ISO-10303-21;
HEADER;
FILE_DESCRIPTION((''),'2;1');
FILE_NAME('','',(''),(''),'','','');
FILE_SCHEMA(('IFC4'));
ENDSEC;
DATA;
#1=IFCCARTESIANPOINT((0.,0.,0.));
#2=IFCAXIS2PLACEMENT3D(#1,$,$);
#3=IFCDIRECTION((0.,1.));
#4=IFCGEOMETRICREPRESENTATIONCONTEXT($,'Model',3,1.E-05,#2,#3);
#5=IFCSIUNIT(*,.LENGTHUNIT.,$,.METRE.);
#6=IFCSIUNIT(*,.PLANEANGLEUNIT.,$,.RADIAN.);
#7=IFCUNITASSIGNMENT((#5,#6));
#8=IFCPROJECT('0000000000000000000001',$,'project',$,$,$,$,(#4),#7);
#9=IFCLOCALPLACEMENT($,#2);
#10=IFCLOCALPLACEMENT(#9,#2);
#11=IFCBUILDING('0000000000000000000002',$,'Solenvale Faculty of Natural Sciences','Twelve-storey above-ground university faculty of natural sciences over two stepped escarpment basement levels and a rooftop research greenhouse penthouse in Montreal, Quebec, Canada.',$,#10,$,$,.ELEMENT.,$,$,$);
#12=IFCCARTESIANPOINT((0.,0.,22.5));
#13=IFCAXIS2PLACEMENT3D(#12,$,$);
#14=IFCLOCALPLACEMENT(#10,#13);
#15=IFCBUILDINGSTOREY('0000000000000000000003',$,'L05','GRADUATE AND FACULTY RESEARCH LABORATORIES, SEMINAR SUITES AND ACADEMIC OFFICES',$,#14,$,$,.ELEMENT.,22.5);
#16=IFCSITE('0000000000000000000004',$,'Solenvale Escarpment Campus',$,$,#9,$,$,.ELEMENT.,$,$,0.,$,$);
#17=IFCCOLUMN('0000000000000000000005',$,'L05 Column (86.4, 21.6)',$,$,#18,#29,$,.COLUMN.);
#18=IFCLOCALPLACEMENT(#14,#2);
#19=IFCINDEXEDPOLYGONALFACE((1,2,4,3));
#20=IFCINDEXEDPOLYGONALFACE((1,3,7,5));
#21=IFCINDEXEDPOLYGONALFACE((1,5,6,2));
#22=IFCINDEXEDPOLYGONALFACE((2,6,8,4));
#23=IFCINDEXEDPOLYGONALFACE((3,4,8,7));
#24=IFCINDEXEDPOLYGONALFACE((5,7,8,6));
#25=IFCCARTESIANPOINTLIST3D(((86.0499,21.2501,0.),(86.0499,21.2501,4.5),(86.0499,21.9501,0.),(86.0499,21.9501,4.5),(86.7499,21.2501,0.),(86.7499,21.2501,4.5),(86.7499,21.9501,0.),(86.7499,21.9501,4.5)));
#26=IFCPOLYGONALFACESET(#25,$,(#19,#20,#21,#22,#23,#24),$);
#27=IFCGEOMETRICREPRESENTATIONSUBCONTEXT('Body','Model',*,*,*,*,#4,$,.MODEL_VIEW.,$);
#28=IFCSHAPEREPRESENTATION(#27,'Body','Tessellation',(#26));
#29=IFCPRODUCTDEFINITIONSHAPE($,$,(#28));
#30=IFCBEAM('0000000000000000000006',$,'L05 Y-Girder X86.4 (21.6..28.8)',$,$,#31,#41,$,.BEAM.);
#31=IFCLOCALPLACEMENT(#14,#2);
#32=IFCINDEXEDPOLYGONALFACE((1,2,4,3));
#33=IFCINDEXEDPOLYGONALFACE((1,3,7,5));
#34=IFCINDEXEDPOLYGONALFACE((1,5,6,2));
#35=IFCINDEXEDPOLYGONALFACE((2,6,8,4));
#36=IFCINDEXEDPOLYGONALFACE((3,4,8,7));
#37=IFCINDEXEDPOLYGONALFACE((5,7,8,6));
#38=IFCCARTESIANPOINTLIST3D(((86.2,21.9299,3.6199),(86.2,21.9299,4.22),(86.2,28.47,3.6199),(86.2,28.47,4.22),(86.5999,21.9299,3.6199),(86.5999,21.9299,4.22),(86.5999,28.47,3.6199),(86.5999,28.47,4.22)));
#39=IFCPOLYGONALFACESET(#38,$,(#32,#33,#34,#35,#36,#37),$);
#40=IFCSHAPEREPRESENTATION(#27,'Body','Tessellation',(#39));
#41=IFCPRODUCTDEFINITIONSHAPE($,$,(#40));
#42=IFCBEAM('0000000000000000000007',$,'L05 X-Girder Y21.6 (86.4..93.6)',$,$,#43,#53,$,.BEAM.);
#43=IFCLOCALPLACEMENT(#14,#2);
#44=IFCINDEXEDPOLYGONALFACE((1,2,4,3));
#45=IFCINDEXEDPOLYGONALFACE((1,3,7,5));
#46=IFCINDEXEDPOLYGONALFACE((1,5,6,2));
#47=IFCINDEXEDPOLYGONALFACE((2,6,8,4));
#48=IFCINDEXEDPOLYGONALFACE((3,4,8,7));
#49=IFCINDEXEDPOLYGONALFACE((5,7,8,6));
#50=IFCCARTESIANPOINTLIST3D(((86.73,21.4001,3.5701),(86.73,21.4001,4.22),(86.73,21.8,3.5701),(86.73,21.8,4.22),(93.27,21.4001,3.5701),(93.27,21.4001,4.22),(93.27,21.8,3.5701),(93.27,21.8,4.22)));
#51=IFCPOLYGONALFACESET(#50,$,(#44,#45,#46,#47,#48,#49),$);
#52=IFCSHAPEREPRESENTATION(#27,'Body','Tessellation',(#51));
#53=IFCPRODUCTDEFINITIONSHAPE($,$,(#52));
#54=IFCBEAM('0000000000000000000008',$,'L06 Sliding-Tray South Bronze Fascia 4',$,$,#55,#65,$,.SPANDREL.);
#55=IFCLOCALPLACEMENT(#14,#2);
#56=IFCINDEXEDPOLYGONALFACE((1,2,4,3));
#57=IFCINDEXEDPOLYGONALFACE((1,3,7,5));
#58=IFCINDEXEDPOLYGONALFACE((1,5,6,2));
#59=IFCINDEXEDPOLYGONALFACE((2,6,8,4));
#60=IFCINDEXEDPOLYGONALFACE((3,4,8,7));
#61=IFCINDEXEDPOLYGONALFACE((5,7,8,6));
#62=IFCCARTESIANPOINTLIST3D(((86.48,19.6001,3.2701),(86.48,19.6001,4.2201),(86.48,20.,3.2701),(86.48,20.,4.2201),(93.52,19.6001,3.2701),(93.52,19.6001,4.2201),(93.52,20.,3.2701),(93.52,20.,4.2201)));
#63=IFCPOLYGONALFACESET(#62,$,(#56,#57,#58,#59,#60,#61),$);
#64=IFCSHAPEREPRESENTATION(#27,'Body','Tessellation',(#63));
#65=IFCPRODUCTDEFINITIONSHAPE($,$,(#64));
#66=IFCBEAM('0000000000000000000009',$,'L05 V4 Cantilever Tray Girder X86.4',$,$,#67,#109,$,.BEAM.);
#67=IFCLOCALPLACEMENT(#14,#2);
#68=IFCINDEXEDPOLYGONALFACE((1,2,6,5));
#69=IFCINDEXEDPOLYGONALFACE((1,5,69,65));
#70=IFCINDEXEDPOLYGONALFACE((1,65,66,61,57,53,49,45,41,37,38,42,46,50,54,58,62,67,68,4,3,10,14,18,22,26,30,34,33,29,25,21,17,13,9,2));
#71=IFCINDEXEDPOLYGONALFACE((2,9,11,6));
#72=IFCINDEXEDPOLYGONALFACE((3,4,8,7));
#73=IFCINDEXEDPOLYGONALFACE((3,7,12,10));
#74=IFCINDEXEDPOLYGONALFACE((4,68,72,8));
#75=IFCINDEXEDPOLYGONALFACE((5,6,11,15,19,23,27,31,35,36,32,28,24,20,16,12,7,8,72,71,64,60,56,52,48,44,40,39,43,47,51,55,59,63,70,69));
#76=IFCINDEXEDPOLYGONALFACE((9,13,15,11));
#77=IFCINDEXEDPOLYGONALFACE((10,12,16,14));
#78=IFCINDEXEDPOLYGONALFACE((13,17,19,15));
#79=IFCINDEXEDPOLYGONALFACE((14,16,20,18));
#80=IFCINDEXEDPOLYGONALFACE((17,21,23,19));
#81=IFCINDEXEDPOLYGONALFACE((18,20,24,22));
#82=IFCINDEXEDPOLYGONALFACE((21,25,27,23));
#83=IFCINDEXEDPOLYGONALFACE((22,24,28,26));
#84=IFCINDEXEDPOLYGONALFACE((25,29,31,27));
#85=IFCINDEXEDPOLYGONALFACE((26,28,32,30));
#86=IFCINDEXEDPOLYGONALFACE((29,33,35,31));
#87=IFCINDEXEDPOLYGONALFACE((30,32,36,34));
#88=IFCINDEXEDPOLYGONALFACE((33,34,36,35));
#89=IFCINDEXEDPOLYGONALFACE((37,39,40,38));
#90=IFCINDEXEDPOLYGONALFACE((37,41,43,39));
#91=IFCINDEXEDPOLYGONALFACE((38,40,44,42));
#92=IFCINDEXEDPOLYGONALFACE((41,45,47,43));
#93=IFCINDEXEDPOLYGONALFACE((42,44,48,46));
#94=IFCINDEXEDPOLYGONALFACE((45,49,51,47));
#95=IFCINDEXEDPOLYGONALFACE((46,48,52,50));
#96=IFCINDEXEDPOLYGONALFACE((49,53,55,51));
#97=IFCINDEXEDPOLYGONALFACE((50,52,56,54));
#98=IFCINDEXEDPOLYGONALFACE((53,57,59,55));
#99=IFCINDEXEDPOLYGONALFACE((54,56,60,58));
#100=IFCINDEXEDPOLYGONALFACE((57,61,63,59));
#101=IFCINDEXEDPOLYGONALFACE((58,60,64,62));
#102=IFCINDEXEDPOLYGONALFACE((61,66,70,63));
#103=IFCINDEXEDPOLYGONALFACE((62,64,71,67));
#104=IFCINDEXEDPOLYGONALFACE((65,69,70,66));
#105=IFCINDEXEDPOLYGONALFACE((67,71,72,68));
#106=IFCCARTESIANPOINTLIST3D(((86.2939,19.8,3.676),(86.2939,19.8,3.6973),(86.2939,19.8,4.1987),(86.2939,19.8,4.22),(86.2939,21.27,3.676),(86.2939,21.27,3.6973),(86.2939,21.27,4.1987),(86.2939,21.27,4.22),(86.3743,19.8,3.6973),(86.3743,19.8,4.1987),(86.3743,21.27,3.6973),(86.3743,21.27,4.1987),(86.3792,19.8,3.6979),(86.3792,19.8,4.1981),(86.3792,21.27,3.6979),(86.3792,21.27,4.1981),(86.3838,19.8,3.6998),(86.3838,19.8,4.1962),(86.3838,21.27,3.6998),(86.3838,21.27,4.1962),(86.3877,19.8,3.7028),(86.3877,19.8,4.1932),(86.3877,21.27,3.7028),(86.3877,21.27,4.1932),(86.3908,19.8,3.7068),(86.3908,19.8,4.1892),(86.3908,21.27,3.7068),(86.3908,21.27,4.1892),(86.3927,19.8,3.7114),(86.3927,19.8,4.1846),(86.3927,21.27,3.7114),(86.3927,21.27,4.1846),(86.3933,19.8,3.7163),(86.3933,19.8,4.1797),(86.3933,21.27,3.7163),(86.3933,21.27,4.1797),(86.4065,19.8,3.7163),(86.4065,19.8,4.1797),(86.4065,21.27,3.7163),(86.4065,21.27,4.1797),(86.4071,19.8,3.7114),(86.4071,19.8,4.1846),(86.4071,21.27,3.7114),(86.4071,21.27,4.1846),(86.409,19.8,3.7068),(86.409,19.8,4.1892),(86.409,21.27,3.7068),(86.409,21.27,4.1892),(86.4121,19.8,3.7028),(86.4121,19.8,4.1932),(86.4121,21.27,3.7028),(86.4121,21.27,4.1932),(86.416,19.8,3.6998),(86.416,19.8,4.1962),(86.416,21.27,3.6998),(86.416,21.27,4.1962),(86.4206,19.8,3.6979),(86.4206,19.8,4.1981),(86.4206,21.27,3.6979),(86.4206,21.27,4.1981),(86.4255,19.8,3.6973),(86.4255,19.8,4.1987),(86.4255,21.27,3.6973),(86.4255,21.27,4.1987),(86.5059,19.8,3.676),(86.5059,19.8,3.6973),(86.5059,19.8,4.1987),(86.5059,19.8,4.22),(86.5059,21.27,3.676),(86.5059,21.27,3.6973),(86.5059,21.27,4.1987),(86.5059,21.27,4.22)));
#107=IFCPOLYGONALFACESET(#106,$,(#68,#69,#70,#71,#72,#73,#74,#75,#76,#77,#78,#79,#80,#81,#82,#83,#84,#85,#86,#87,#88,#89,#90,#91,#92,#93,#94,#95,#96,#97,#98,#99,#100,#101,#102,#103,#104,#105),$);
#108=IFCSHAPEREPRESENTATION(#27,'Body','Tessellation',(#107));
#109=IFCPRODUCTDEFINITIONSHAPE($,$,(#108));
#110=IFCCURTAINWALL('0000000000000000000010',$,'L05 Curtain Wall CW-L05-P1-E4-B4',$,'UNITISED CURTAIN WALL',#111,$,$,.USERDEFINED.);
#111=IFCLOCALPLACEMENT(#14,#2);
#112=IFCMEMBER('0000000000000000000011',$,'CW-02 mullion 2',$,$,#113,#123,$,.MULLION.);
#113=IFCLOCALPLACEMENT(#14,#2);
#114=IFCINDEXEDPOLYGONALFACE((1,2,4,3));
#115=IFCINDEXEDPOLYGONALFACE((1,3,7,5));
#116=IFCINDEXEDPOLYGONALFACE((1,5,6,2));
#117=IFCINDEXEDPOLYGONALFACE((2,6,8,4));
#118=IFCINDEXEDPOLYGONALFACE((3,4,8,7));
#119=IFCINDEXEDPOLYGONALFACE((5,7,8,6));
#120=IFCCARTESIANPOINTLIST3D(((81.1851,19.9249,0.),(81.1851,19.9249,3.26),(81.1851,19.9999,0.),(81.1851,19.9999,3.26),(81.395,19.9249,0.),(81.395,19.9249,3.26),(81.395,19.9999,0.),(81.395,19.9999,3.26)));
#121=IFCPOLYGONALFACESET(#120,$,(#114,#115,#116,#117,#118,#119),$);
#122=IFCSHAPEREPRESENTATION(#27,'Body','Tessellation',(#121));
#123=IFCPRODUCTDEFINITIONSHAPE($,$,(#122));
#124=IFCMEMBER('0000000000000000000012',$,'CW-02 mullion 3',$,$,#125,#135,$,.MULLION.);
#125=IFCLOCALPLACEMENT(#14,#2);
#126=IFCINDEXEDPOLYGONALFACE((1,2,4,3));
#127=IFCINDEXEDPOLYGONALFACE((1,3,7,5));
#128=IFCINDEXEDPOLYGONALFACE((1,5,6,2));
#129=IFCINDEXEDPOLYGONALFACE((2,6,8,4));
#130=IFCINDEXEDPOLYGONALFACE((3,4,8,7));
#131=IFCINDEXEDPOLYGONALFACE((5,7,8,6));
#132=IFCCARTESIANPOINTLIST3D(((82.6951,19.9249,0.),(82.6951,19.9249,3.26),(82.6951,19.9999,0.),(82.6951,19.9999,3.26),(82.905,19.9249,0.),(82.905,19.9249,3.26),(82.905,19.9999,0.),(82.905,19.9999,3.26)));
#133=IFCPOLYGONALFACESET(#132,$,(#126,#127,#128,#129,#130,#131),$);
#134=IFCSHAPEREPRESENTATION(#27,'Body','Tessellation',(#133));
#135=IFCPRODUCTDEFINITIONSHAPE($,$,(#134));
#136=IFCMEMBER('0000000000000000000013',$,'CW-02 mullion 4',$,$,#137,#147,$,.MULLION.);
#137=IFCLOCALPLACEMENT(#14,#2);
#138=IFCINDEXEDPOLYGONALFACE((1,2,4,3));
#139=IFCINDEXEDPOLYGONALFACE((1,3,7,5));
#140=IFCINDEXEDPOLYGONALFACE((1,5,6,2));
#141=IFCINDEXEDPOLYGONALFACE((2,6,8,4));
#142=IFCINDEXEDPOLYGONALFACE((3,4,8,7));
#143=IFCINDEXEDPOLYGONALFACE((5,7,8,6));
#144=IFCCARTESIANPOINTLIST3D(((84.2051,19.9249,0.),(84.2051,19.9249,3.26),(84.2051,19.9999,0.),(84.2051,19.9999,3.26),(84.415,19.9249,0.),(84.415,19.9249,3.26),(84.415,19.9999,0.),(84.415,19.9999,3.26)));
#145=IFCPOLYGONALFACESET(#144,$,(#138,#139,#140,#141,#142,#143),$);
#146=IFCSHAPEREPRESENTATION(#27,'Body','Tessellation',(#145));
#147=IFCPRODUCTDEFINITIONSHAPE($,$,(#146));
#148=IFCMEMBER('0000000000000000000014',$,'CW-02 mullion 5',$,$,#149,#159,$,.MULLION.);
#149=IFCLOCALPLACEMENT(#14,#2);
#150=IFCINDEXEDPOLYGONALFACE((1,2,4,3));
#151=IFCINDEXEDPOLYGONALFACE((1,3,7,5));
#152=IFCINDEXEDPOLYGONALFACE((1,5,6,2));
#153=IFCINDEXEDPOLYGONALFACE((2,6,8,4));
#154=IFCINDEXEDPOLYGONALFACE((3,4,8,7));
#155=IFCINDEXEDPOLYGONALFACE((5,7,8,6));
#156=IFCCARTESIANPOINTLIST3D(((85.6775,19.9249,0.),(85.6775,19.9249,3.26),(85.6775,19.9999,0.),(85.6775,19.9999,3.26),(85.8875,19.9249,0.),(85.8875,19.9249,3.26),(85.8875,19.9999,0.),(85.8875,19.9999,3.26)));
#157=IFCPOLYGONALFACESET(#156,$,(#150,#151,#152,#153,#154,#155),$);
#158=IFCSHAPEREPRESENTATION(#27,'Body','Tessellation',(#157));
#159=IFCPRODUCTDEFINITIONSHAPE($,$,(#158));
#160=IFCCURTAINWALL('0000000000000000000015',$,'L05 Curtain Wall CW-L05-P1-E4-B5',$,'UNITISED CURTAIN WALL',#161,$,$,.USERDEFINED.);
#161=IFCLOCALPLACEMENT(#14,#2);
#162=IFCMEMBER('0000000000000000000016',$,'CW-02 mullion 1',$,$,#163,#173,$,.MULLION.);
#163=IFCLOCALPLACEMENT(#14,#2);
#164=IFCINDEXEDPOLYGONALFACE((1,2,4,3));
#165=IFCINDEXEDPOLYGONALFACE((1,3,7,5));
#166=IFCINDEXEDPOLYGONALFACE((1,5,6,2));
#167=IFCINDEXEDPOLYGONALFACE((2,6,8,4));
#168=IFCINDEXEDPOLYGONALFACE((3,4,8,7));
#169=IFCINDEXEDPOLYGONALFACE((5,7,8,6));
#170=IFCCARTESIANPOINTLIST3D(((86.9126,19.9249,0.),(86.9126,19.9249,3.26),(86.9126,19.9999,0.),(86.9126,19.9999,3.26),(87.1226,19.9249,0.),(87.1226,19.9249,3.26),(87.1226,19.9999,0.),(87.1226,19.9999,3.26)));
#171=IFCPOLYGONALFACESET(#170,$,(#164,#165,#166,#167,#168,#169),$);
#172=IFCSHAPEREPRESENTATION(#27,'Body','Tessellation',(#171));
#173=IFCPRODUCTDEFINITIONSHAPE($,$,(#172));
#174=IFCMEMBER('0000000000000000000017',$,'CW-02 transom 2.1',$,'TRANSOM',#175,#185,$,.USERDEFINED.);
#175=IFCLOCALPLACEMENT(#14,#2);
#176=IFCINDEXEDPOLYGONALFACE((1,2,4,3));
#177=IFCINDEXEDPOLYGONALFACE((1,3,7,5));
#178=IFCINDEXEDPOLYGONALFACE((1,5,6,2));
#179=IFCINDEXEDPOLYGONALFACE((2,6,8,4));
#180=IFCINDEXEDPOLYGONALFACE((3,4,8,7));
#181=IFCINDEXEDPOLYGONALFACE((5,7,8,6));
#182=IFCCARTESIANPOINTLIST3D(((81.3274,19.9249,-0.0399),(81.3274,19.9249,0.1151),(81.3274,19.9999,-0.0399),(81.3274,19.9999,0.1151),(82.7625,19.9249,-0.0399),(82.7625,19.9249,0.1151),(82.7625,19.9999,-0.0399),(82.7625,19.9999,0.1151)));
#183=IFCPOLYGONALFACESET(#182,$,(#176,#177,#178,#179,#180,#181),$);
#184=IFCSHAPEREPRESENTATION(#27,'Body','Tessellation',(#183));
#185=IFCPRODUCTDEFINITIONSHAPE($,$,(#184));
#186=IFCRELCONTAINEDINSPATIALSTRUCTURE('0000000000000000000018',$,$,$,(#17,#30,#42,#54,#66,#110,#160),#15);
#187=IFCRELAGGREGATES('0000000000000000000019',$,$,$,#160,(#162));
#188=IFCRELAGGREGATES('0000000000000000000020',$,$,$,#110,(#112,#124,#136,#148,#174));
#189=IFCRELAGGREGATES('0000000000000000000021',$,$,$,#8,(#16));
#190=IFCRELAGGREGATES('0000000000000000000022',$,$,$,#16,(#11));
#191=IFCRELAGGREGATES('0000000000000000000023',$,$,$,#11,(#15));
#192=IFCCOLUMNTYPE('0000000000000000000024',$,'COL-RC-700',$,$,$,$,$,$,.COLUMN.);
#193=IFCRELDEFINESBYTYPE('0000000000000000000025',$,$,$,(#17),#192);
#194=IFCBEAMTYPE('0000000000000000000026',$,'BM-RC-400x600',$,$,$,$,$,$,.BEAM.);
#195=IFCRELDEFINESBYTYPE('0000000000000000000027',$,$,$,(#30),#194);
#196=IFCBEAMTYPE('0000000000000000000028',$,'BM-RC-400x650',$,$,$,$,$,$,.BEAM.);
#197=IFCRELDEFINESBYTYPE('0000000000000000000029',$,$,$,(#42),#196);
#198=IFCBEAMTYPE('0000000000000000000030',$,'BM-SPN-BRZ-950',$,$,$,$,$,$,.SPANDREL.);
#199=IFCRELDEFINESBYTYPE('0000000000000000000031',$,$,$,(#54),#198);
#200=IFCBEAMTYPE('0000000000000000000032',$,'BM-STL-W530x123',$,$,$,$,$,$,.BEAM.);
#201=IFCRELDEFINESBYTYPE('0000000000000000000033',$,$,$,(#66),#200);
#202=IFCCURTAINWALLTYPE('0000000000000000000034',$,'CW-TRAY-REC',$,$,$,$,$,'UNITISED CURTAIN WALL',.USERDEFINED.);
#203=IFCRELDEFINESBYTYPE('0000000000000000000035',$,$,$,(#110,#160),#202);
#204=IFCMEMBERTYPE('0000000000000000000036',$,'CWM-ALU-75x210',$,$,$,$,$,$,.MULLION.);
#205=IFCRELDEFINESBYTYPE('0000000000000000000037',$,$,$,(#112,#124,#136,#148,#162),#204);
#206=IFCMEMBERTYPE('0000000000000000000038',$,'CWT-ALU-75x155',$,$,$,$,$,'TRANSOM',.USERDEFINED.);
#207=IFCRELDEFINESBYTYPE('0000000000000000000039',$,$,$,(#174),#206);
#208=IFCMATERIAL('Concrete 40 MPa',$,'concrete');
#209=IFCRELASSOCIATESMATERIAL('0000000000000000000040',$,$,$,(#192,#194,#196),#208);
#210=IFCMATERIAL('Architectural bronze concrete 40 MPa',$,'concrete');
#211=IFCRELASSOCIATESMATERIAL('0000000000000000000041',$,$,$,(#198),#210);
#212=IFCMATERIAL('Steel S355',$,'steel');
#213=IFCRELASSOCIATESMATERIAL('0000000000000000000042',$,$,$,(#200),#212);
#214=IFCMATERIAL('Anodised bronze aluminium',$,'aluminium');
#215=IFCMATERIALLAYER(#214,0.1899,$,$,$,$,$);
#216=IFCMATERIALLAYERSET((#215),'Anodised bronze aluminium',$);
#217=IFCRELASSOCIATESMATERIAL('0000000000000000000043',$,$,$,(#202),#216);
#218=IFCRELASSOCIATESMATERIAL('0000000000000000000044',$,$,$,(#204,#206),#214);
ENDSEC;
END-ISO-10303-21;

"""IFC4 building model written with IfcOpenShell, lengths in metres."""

from ifc_helpers import new_model, si_unit, direction, frame, origin, origin_2d, place, context, subcontext, project, spatial, rectangle, i_section, extrude, material, layer, layer_set, material_profile, profile_set, type_object, element, aggregate, save


model = new_model("IFC4")

# Units and contexts
model_context = context("Model", 3, precision=1e-05, world=origin(), true_north=direction((0.0, 1.0)))
body_context = subcontext(model_context, "Body", "Model", "MODEL_VIEW")
ifc_project = project(units=[si_unit("LENGTHUNIT", "METRE"), si_unit("PLANEANGLEUNIT", "RADIAN")], contexts=[model_context])

# Site, building, storey
site_placement = place(None, origin())
site = spatial("IfcSite", under=ifc_project, at=site_placement, Name="Solenvale Escarpment Campus", CompositionType="ELEMENT", RefElevation=0.0)
building_placement = place(site_placement, origin())
building = spatial("IfcBuilding", under=site, at=building_placement, Name="Solenvale Faculty of Natural Sciences", Description="Twelve-storey above-ground university faculty of natural sciences over two stepped escarpment basement levels and a rooftop research greenhouse penthouse in Montreal, Quebec, Canada.", CompositionType="ELEMENT")
storey_placement = place(building_placement, frame((0.0, 0.0, 22.5)))
storey = spatial("IfcBuildingStorey", under=building, at=storey_placement, Name="L05", Description="GRADUATE AND FACULTY RESEARCH LABORATORIES, SEMINAR SUITES AND ACADEMIC OFFICES", CompositionType="ELEMENT", Elevation=22.5)

# Column
ifc_material_1 = material(Name="Concrete 40 MPa", Category="concrete")
ifc_material_profile_1 = material_profile(ifc_material_1, rectangle(XDim=0.7, YDim=0.7, at=origin_2d()), Name="RC-COL-700x700")
ifc_profile_set_1 = profile_set([ifc_material_profile_1], Name="Concrete 40 MPa")
column_type = type_object("IfcColumnType", Name="COL-RC-700", PredefinedType="COLUMN", material=ifc_profile_set_1)
column_placement = place(storey_placement, frame((86.3999, 21.6001, 0.0), z_axis=(0.0, 0.0, 1.0), x_axis=(1.0, 0.0, 0.0)))
element("IfcColumn", 1, at=column_placement, inside=storey, type_object=column_type, Name="L05 Column (86.4, 21.6)", PredefinedType="COLUMN", context=body_context, shape_type="SweptSolid", body=[
    extrude(rectangle(XDim=0.7, YDim=0.7, at=origin_2d()), origin(), (0.0, 0.0, 1.0), 4.5),
])

# Beams
ifc_material_profile_2 = material_profile(ifc_material_1, rectangle(XDim=0.3999, YDim=0.6001, at=origin_2d()), Name="RC-BM-400x600")
ifc_profile_set_2 = profile_set([ifc_material_profile_2], Name="Concrete 40 MPa")
beam_type_1 = type_object("IfcBeamType", Name="BM-RC-400x600", PredefinedType="BEAM", material=ifc_profile_set_2)
beam_1_placement = place(storey_placement, frame((86.3999, 21.9299, 3.9199), z_axis=(0.0, 1.0, 0.0), x_axis=(-1.0, 0.0, 0.0)))
element("IfcBeam", 2, at=beam_1_placement, inside=storey, type_object=beam_type_1, Name="L05 Y-Girder X86.4 (21.6..28.8)", PredefinedType="BEAM", context=body_context, shape_type="SweptSolid", body=[
    extrude(rectangle(XDim=0.3999, YDim=0.6001, at=origin_2d()), origin(), (0.0, 0.0, 1.0), 6.54),
])
ifc_material_profile_3 = material_profile(ifc_material_1, rectangle(XDim=0.3999, YDim=0.6499, at=origin_2d()), Name="RC-BM-400x650")
ifc_profile_set_3 = profile_set([ifc_material_profile_3], Name="Concrete 40 MPa")
beam_type_2 = type_object("IfcBeamType", Name="BM-RC-400x650", PredefinedType="BEAM", material=ifc_profile_set_3)
beam_2_placement = place(storey_placement, frame((86.73, 21.6001, 3.895), z_axis=(1.0, 0.0, 0.0), x_axis=(0.0, 1.0, 0.0)))
element("IfcBeam", 3, at=beam_2_placement, inside=storey, type_object=beam_type_2, Name="L05 X-Girder Y21.6 (86.4..93.6)", PredefinedType="BEAM", context=body_context, shape_type="SweptSolid", body=[
    extrude(rectangle(XDim=0.3999, YDim=0.6499, at=origin_2d()), origin(), (0.0, 0.0, 1.0), 6.54),
])
ifc_material_2 = material(Name="Architectural bronze concrete 40 MPa", Category="concrete")
ifc_material_profile_4 = material_profile(ifc_material_2, rectangle(XDim=0.3999, YDim=0.95, at=origin_2d()), Name="RC-SPN-400x950")
ifc_profile_set_4 = profile_set([ifc_material_profile_4], Name="Architectural bronze concrete 40 MPa")
beam_type_3 = type_object("IfcBeamType", Name="BM-SPN-BRZ-950", PredefinedType="SPANDREL", material=ifc_profile_set_4)
beam_3_placement = place(storey_placement, frame((86.48, 19.8, 3.7451), z_axis=(1.0, 0.0, 0.0), x_axis=(0.0, 1.0, 0.0)))
element("IfcBeam", 4, at=beam_3_placement, inside=storey, type_object=beam_type_3, Name="L06 Sliding-Tray South Bronze Fascia 4", PredefinedType="SPANDREL", context=body_context, shape_type="SweptSolid", body=[
    extrude(rectangle(XDim=0.3999, YDim=0.95, at=origin_2d()), origin(), (0.0, 0.0, 1.0), 7.04),
])
ifc_material_3 = material(Name="Steel S355", Category="steel")
ifc_material_profile_5 = material_profile(ifc_material_3, i_section(OverallWidth=0.2119, OverallDepth=0.5439, WebThickness=0.0132, FlangeThickness=0.0212, FilletRadius=0.019, at=origin_2d()), Name="W530x123")
ifc_profile_set_5 = profile_set([ifc_material_profile_5], Name="Steel S355")
beam_type_4 = type_object("IfcBeamType", Name="BM-STL-W530x123", PredefinedType="BEAM", material=ifc_profile_set_5)
beam_4_placement = place(storey_placement, frame((86.3999, 21.27, 3.948), z_axis=(0.0, -1.0, 0.0), x_axis=(1.0, 0.0, 0.0)))
element("IfcBeam", 5, at=beam_4_placement, inside=storey, type_object=beam_type_4, Name="L05 V4 Cantilever Tray Girder X86.4", PredefinedType="BEAM", context=body_context, shape_type="SweptSolid", body=[
    extrude(i_section(OverallWidth=0.2119, OverallDepth=0.5439, WebThickness=0.0132, FlangeThickness=0.0212, FilletRadius=0.019, at=origin_2d()), origin(), (0.0, 0.0, 1.0), 1.47),
])

# Curtain wall, members
ifc_material_4 = material(Name="Anodised bronze aluminium", Category="aluminium")
ifc_layer_1 = layer(ifc_material_4, 0.1899)
ifc_layer_set_1 = layer_set([ifc_layer_1], Name="Anodised bronze aluminium")
curtain_wall_type = type_object("IfcCurtainWallType", Name="CW-TRAY-REC", ElementType="UNITISED CURTAIN WALL", PredefinedType="USERDEFINED", material=ifc_layer_set_1)
curtain_wall_1_placement = place(storey_placement, origin())
curtain_wall_1 = element("IfcCurtainWall", 6, at=curtain_wall_1_placement, inside=storey, type_object=curtain_wall_type, Name="L05 Curtain Wall CW-L05-P1-E4-B4", ObjectType="UNITISED CURTAIN WALL", PredefinedType="USERDEFINED")
ifc_material_profile_6 = material_profile(ifc_material_4, rectangle(XDim=0.075, YDim=0.21, at=origin_2d()), Name="ALU-MUL-75x210")
ifc_profile_set_6 = profile_set([ifc_material_profile_6], Name="Anodised bronze aluminium")
member_type_1 = type_object("IfcMemberType", Name="CWM-ALU-75x210", PredefinedType="MULLION", material=ifc_profile_set_6)
member_1_placement = place(storey_placement, frame((81.29, 19.9624, 0.0), z_axis=(0.0, 0.0, 1.0), x_axis=(0.0, 1.0, 0.0)))
member_1 = element("IfcMember", 7, at=member_1_placement, type_object=member_type_1, Name="CW-02 mullion 2", PredefinedType="MULLION", context=body_context, shape_type="SweptSolid", body=[
    extrude(rectangle(XDim=0.075, YDim=0.21, at=origin_2d()), origin(), (0.0, 0.0, 1.0), 3.26),
])
member_2_placement = place(storey_placement, frame((82.8, 19.9624, 0.0), z_axis=(0.0, 0.0, 1.0), x_axis=(0.0, 1.0, 0.0)))
member_2 = element("IfcMember", 8, at=member_2_placement, type_object=member_type_1, Name="CW-02 mullion 3", PredefinedType="MULLION", context=body_context, shape_type="SweptSolid", body=[
    extrude(rectangle(XDim=0.075, YDim=0.21, at=origin_2d()), origin(), (0.0, 0.0, 1.0), 3.26),
])
member_3_placement = place(storey_placement, frame((84.3101, 19.9624, 0.0), z_axis=(0.0, 0.0, 1.0), x_axis=(0.0, 1.0, 0.0)))
member_3 = element("IfcMember", 9, at=member_3_placement, type_object=member_type_1, Name="CW-02 mullion 4", PredefinedType="MULLION", context=body_context, shape_type="SweptSolid", body=[
    extrude(rectangle(XDim=0.075, YDim=0.21, at=origin_2d()), origin(), (0.0, 0.0, 1.0), 3.26),
])
member_4_placement = place(storey_placement, frame((85.7825, 19.9624, 0.0), z_axis=(0.0, 0.0, 1.0), x_axis=(0.0, 1.0, 0.0)))
member_4 = element("IfcMember", 10, at=member_4_placement, type_object=member_type_1, Name="CW-02 mullion 5", PredefinedType="MULLION", context=body_context, shape_type="SweptSolid", body=[
    extrude(rectangle(XDim=0.075, YDim=0.21, at=origin_2d()), origin(), (0.0, 0.0, 1.0), 3.26),
])

# Curtain wall, member
curtain_wall_2_placement = place(storey_placement, origin())
curtain_wall_2 = element("IfcCurtainWall", 11, at=curtain_wall_2_placement, inside=storey, type_object=curtain_wall_type, Name="L05 Curtain Wall CW-L05-P1-E4-B5", ObjectType="UNITISED CURTAIN WALL", PredefinedType="USERDEFINED")
member_5_placement = place(storey_placement, frame((87.0176, 19.9624, 0.0), z_axis=(0.0, 0.0, 1.0), x_axis=(0.0, 1.0, 0.0)))
member_5 = element("IfcMember", 12, at=member_5_placement, type_object=member_type_1, Name="CW-02 mullion 1", PredefinedType="MULLION", context=body_context, shape_type="SweptSolid", body=[
    extrude(rectangle(XDim=0.075, YDim=0.21, at=origin_2d()), origin(), (0.0, 0.0, 1.0), 3.26),
])

# Member
ifc_material_profile_7 = material_profile(ifc_material_4, rectangle(XDim=0.075, YDim=0.155, at=origin_2d()), Name="ALU-TRN-75x155")
ifc_profile_set_7 = profile_set([ifc_material_profile_7], Name="Anodised bronze aluminium")
member_type_2 = type_object("IfcMemberType", Name="CWT-ALU-75x155", ElementType="TRANSOM", PredefinedType="USERDEFINED", material=ifc_profile_set_7)
member_6_placement = place(storey_placement, frame((81.3274, 19.9624, 0.0376), z_axis=(1.0, 0.0, 0.0), x_axis=(0.0, 1.0, 0.0)))
member_6 = element("IfcMember", 13, at=member_6_placement, type_object=member_type_2, Name="CW-02 transom 2.1", ObjectType="TRANSOM", PredefinedType="USERDEFINED", context=body_context, shape_type="SweptSolid", body=[
    extrude(rectangle(XDim=0.075, YDim=0.155, at=origin_2d()), origin(), (0.0, 0.0, 1.0), 1.4351),
])
aggregate(curtain_wall_2, [member_5])

aggregate(curtain_wall_1, [member_1, member_2, member_3, member_4, member_6])

save(model, "model.ifc")
